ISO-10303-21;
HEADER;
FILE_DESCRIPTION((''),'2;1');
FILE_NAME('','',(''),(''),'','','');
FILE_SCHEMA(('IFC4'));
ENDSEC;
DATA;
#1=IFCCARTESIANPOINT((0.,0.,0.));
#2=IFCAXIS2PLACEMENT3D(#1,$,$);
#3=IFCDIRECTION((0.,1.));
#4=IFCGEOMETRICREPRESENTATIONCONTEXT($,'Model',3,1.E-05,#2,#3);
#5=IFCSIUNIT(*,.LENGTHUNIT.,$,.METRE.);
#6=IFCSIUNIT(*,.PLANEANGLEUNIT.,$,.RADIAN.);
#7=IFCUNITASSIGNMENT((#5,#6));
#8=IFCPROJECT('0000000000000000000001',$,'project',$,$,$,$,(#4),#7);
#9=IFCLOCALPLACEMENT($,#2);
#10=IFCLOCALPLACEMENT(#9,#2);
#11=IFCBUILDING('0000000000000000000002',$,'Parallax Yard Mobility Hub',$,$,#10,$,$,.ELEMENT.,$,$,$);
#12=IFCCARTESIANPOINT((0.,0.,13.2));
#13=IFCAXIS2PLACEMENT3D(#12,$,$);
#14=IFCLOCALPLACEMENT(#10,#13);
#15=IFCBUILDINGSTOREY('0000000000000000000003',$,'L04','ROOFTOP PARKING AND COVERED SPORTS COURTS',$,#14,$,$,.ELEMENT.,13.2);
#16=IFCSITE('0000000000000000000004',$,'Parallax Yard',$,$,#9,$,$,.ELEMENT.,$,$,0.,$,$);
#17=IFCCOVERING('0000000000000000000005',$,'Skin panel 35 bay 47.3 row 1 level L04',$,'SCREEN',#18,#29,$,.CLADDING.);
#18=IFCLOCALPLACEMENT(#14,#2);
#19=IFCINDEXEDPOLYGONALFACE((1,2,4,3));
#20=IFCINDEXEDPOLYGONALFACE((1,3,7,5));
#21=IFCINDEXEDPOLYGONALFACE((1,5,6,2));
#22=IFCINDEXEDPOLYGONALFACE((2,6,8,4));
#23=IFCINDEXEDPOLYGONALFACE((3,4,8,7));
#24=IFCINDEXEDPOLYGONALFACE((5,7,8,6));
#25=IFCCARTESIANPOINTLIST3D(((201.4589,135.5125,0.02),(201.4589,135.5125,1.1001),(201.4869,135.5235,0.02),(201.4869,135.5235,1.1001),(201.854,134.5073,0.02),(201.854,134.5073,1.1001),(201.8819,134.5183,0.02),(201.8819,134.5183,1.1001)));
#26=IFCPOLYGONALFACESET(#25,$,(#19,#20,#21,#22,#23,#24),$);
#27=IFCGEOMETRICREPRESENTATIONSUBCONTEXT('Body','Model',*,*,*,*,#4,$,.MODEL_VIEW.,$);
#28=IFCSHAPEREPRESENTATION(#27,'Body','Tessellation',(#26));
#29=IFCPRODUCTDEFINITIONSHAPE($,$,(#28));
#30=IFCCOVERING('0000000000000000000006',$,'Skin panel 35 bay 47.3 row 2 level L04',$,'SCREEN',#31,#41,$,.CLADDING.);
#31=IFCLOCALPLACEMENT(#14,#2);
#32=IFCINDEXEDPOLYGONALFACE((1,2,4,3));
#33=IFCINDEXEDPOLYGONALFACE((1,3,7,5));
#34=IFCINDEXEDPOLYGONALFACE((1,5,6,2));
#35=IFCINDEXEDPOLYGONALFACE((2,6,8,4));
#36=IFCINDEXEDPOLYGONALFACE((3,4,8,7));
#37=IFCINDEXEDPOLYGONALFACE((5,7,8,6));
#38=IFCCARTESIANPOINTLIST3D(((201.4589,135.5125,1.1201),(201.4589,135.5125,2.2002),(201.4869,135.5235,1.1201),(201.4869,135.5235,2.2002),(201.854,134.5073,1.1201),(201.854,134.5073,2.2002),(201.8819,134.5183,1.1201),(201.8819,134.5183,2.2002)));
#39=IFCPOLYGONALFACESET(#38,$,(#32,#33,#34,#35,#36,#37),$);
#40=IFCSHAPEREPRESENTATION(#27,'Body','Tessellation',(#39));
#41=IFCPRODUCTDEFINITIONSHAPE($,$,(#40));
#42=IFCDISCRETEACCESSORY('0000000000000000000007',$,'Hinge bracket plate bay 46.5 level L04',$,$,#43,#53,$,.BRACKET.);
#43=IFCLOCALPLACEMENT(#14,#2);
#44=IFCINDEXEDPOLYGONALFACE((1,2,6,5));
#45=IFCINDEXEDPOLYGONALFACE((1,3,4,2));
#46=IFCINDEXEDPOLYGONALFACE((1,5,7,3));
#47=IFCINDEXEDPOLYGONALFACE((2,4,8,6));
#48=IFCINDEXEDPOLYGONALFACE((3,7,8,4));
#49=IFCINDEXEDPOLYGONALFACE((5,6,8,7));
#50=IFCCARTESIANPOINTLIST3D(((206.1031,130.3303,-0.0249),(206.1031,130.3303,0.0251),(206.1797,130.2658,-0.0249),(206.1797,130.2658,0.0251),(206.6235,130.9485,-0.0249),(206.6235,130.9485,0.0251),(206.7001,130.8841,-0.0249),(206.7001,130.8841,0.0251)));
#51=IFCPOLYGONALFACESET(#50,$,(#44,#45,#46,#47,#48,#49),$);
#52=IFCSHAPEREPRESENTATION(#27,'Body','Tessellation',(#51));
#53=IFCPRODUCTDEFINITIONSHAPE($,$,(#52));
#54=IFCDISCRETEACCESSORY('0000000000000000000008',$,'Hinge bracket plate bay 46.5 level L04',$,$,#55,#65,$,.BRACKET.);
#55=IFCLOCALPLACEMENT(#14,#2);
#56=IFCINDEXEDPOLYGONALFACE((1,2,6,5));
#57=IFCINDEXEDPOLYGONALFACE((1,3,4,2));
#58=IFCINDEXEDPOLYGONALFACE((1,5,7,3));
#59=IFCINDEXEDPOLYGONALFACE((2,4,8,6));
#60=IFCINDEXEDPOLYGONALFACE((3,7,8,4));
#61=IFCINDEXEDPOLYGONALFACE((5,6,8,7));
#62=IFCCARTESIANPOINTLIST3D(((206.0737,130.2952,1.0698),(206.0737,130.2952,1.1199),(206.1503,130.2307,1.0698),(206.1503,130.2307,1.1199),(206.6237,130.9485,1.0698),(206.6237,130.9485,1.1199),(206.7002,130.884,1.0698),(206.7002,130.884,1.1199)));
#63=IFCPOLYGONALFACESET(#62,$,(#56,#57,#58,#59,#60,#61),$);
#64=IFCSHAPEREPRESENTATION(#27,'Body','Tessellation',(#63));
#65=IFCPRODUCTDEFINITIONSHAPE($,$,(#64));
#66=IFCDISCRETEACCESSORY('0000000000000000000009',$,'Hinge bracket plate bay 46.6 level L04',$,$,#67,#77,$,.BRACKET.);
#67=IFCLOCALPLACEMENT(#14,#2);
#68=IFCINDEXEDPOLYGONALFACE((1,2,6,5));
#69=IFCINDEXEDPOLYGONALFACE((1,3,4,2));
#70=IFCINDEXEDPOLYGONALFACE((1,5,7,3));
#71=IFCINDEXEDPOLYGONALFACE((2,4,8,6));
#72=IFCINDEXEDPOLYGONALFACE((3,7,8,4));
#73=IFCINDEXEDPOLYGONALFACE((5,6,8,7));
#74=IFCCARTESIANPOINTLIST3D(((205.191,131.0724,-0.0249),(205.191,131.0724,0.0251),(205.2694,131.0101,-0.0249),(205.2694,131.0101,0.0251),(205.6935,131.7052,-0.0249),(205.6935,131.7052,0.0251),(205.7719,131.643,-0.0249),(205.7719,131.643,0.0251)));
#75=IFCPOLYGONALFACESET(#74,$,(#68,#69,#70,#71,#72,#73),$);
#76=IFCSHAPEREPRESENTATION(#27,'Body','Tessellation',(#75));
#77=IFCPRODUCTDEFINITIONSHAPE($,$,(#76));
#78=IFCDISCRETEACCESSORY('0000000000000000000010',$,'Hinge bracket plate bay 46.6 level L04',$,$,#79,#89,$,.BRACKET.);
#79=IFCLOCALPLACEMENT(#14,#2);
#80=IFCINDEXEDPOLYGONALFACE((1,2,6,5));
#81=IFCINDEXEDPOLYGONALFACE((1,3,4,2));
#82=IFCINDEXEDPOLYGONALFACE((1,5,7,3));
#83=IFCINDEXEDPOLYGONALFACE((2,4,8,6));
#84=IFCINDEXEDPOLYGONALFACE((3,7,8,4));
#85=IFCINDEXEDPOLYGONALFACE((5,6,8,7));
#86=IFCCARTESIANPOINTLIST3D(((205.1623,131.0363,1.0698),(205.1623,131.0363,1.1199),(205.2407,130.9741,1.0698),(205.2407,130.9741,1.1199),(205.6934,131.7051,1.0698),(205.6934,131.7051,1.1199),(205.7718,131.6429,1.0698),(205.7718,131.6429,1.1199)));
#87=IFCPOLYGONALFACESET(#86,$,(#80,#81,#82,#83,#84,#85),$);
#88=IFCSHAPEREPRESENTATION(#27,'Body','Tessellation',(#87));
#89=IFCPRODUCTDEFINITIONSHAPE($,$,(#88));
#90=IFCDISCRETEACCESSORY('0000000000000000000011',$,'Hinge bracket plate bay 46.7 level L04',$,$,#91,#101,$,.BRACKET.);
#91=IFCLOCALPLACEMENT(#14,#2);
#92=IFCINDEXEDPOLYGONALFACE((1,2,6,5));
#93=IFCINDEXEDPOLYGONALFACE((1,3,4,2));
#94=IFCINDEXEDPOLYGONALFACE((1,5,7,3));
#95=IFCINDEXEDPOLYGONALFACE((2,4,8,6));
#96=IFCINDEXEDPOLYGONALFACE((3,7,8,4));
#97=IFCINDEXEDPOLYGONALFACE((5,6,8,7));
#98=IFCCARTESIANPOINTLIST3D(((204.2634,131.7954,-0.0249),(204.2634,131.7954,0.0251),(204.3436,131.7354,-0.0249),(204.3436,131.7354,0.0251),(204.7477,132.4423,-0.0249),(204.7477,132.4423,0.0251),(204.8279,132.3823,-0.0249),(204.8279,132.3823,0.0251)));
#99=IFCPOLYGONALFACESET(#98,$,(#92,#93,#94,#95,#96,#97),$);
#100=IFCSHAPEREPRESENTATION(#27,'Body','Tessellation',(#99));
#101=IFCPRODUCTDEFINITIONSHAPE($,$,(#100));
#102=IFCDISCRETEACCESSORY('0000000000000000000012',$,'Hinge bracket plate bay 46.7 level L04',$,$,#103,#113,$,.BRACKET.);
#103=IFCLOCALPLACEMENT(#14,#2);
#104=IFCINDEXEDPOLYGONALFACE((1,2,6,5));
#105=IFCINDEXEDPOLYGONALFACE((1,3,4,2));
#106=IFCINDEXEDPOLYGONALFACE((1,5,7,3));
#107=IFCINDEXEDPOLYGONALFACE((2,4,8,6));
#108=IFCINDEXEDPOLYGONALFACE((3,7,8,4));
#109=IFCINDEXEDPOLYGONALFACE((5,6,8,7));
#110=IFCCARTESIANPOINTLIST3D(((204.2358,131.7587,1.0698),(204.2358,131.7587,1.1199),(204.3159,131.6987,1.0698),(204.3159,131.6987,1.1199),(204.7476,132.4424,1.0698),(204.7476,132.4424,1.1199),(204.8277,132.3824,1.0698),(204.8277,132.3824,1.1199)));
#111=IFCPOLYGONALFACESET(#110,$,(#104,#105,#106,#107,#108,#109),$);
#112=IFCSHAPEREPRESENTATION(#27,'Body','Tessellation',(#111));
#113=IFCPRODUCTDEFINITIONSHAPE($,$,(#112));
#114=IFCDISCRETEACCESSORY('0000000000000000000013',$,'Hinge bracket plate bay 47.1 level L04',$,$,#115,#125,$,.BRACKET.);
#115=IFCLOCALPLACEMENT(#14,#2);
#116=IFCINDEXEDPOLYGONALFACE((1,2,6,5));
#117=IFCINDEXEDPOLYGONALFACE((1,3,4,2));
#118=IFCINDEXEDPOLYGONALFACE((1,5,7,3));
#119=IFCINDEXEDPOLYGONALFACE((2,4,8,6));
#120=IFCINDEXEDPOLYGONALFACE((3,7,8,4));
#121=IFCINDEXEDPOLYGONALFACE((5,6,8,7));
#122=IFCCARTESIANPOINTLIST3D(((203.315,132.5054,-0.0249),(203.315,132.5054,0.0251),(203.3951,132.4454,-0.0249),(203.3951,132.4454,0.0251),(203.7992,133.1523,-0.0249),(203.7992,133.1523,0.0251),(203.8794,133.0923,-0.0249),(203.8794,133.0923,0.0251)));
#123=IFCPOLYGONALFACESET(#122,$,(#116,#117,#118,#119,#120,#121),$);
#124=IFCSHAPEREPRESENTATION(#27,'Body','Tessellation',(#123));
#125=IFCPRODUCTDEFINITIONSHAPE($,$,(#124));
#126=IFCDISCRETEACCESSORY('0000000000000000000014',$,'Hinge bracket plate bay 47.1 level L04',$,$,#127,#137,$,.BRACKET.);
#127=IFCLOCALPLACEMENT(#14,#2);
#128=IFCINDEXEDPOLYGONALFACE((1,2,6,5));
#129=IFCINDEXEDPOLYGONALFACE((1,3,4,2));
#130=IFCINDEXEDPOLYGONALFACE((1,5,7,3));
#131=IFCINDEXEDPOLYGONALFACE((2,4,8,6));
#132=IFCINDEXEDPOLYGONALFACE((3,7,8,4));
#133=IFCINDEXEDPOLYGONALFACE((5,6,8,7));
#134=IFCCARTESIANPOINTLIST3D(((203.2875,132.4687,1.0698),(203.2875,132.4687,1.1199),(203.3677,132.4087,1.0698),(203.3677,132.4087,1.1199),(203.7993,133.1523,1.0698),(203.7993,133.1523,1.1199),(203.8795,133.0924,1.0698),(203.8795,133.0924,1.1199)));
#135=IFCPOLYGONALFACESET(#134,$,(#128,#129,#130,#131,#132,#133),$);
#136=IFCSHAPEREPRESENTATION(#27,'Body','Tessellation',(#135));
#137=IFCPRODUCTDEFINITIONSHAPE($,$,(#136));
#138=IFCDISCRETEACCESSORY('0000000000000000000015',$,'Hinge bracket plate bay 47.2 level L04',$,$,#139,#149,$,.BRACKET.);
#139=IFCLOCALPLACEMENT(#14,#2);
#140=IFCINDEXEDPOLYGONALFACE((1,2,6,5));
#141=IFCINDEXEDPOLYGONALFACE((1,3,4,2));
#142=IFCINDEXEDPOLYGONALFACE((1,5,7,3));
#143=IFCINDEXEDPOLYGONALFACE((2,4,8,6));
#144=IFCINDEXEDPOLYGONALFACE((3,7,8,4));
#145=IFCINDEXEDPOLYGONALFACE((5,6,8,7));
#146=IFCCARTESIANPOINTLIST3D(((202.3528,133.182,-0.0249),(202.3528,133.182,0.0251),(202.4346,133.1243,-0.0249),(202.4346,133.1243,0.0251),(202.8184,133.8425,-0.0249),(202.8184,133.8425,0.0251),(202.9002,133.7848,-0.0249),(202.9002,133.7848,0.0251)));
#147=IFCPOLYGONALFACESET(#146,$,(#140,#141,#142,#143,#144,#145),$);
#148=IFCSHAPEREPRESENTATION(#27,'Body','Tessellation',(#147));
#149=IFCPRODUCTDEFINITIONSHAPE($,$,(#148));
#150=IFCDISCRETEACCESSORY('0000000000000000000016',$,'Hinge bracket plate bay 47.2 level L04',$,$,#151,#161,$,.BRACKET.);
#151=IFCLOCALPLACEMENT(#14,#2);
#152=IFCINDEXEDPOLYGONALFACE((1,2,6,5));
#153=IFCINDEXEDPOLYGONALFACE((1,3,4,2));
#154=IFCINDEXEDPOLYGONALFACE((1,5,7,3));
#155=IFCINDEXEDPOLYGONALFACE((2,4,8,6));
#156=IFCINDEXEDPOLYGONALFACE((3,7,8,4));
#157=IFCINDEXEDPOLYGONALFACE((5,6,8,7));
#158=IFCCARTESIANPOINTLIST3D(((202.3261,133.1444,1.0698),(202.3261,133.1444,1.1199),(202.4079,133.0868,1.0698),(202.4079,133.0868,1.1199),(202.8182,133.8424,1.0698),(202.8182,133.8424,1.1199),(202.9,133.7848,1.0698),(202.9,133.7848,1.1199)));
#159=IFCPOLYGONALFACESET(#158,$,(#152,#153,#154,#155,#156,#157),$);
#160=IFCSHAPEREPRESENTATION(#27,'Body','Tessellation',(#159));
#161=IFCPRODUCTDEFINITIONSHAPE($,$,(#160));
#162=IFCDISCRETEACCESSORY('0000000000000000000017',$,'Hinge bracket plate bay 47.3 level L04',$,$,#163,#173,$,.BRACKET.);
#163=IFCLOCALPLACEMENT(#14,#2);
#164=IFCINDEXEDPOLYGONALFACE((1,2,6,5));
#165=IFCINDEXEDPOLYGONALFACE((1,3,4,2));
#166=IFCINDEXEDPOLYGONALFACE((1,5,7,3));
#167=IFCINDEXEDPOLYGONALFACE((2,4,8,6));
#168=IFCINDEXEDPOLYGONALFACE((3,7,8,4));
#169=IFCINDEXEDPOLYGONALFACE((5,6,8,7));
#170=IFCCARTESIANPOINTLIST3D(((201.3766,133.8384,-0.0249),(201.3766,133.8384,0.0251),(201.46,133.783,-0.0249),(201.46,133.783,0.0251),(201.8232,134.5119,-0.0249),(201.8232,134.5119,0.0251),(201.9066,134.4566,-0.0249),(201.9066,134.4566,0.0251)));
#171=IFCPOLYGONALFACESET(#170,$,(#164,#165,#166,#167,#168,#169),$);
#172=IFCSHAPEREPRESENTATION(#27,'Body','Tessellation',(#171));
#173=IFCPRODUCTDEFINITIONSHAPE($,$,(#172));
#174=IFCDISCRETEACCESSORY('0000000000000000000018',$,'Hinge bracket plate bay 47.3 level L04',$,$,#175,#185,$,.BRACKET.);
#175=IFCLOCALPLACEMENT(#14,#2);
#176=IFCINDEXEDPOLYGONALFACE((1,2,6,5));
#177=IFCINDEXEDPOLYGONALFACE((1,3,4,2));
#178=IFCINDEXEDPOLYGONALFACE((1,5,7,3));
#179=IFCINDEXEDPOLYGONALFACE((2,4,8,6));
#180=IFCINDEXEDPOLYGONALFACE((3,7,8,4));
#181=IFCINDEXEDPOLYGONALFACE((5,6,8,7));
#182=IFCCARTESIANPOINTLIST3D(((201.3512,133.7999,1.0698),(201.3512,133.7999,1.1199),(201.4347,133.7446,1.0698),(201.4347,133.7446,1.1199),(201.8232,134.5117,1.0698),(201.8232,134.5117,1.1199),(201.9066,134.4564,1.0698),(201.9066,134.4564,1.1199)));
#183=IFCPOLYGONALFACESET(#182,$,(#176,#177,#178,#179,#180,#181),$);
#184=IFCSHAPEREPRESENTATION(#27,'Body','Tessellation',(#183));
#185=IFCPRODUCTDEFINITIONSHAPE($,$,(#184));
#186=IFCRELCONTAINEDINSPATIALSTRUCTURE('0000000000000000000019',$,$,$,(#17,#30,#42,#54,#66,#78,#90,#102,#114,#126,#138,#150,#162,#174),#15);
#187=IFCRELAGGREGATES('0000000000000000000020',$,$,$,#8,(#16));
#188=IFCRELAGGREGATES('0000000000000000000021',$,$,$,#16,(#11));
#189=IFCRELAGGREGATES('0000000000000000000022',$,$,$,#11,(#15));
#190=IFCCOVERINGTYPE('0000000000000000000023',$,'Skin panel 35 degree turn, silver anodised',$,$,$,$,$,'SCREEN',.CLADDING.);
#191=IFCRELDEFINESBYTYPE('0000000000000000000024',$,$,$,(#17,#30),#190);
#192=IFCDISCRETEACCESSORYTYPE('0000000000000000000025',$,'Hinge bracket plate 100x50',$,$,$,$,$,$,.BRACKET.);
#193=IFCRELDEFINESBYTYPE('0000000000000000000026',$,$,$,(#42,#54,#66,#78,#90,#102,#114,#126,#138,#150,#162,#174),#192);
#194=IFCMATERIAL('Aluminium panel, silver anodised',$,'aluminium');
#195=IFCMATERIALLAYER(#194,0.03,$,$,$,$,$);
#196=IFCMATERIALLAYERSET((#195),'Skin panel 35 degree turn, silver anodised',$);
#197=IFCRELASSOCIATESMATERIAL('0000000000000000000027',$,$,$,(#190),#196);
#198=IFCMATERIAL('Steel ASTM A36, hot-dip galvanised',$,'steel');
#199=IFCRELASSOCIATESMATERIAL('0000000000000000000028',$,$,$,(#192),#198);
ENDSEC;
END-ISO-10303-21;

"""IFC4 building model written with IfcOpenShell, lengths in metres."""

from ifc_helpers import new_model, si_unit, direction, frame, origin, origin_2d, place, context, subcontext, project, spatial, rectangle, extrude, material, layer, layer_set, type_object, element, save


model = new_model("IFC4")

# Units and contexts
model_context = context("Model", 3, precision=1e-05, world=origin(), true_north=direction((0.0, 1.0)))
body_context = subcontext(model_context, "Body", "Model", "MODEL_VIEW")
ifc_project = project(units=[si_unit("LENGTHUNIT", "METRE"), si_unit("PLANEANGLEUNIT", "RADIAN")], contexts=[model_context])

# Site, building, storey
site_placement = place(None, origin())
site = spatial("IfcSite", under=ifc_project, at=site_placement, Name="Parallax Yard", CompositionType="ELEMENT", RefElevation=0.0)
building_placement = place(site_placement, origin())
building = spatial("IfcBuilding", under=site, at=building_placement, Name="Parallax Yard Mobility Hub", CompositionType="ELEMENT")
storey_placement = place(building_placement, frame((0.0, 0.0, 13.2)))
storey = spatial("IfcBuildingStorey", under=building, at=storey_placement, Name="L04", Description="ROOFTOP PARKING AND COVERED SPORTS COURTS", CompositionType="ELEMENT", Elevation=13.2)

# Coverings
ifc_material_1 = material(Name="Aluminium panel, silver anodised", Category="aluminium")
ifc_layer_1 = layer(ifc_material_1, 0.03)
ifc_layer_set_1 = layer_set([ifc_layer_1], Name="Skin panel 35 degree turn, silver anodised")
covering_type_1 = type_object("IfcCoveringType", Name="Skin panel 35 degree turn, silver anodised", ElementType="SCREEN", PredefinedType="CLADDING", material=ifc_layer_set_1)
for number, where, z_axis, x_axis, name in (
    (1, (201.6704, 135.0154, 0.02), (0.0, 0.0, 1.0), (-0.365762, 0.930708, 0.0), "Skin panel 35 bay 47.3 row 1 level L04"),
    (2, (201.6704, 135.0154, 1.1201), (0.0, 0.0, 1.0), (-0.365762, 0.930708, 0.0), "Skin panel 35 bay 47.3 row 2 level L04"),
):
    element("IfcCovering", number, at=place(storey_placement, frame(where, z_axis=z_axis, x_axis=x_axis)), inside=storey, type_object=covering_type_1, Name=name, ObjectType="SCREEN", PredefinedType="CLADDING", context=body_context, shape_type="SweptSolid", body=[
        extrude(rectangle(XDim=1.0801, YDim=0.03, at=origin_2d()), origin(), (0.0, 0.0, 1.0), 1.0801),
    ])

# Discrete accessories
ifc_material_2 = material(Name="Steel ASTM A36, hot-dip galvanised", Category="steel")
discrete_accessory_type_1 = type_object("IfcDiscreteAccessoryType", Name="Hinge bracket plate 100x50", PredefinedType="BRACKET", material=ifc_material_2)
discrete_accessory_1_placement = place(storey_placement, frame((206.4016, 130.6072, -0.0249), z_axis=(0.0, 0.0, 1.0), x_axis=(0.644002, 0.765024, 0.0)))
element("IfcDiscreteAccessory", 3, at=discrete_accessory_1_placement, inside=storey, type_object=discrete_accessory_type_1, Name="Hinge bracket plate bay 46.5 level L04", PredefinedType="BRACKET", context=body_context, shape_type="SweptSolid", body=[
    extrude(rectangle(XDim=0.8081, YDim=0.1001, at=origin_2d()), origin(), (0.0, 0.0, 1.0), 0.05),
])
discrete_accessory_2_placement = place(storey_placement, frame((206.387, 130.5896, 1.0698), z_axis=(0.0, 0.0, 1.0), x_axis=(0.644002, 0.765024, 0.0)))
element("IfcDiscreteAccessory", 4, at=discrete_accessory_2_placement, inside=storey, type_object=discrete_accessory_type_1, Name="Hinge bracket plate bay 46.5 level L04", PredefinedType="BRACKET", context=body_context, shape_type="SweptSolid", body=[
    extrude(rectangle(XDim=0.854, YDim=0.1001, at=origin_2d()), origin(), (0.0, 0.0, 1.0), 0.05),
])
discrete_accessory_3_placement = place(storey_placement, frame((205.4814, 131.3577, -0.0249), z_axis=(0.0, 0.0, 1.0), x_axis=(0.621893, 0.783102, 0.0)))
element("IfcDiscreteAccessory", 5, at=discrete_accessory_3_placement, inside=storey, type_object=discrete_accessory_type_1, Name="Hinge bracket plate bay 46.6 level L04", PredefinedType="BRACKET", context=body_context, shape_type="SweptSolid", body=[
    extrude(rectangle(XDim=0.8081, YDim=0.1001, at=origin_2d()), origin(), (0.0, 0.0, 1.0), 0.05),
])
discrete_accessory_4_placement = place(storey_placement, frame((205.467, 131.3396, 1.0698), z_axis=(0.0, 0.0, 1.0), x_axis=(0.621893, 0.783102, 0.0)))
element("IfcDiscreteAccessory", 6, at=discrete_accessory_4_placement, inside=storey, type_object=discrete_accessory_type_1, Name="Hinge bracket plate bay 46.6 level L04", PredefinedType="BRACKET", context=body_context, shape_type="SweptSolid", body=[
    extrude(rectangle(XDim=0.854, YDim=0.1001, at=origin_2d()), origin(), (0.0, 0.0, 1.0), 0.05),
])
discrete_accessory_5_placement = place(storey_placement, frame((204.5457, 132.0889, -0.0249), z_axis=(0.0, 0.0, 1.0), x_axis=(0.599278, 0.800541, 0.0)))
element("IfcDiscreteAccessory", 7, at=discrete_accessory_5_placement, inside=storey, type_object=discrete_accessory_type_1, Name="Hinge bracket plate bay 46.7 level L04", PredefinedType="BRACKET", context=body_context, shape_type="SweptSolid", body=[
    extrude(rectangle(XDim=0.8081, YDim=0.1001, at=origin_2d()), origin(), (0.0, 0.0, 1.0), 0.05),
])
discrete_accessory_6_placement = place(storey_placement, frame((204.5317, 132.0706, 1.0698), z_axis=(0.0, 0.0, 1.0), x_axis=(0.599278, 0.800541, 0.0)))
element("IfcDiscreteAccessory", 8, at=discrete_accessory_6_placement, inside=storey, type_object=discrete_accessory_type_1, Name="Hinge bracket plate bay 46.7 level L04", PredefinedType="BRACKET", context=body_context, shape_type="SweptSolid", body=[
    extrude(rectangle(XDim=0.854, YDim=0.1001, at=origin_2d()), origin(), (0.0, 0.0, 1.0), 0.05),
])
discrete_accessory_7_placement = place(storey_placement, frame((203.5972, 132.7988, -0.0249), z_axis=(0.0, 0.0, 1.0), x_axis=(0.599278, 0.800541, 0.0)))
element("IfcDiscreteAccessory", 9, at=discrete_accessory_7_placement, inside=storey, type_object=discrete_accessory_type_1, Name="Hinge bracket plate bay 47.1 level L04", PredefinedType="BRACKET", context=body_context, shape_type="SweptSolid", body=[
    extrude(rectangle(XDim=0.8081, YDim=0.1001, at=origin_2d()), origin(), (0.0, 0.0, 1.0), 0.05),
])
discrete_accessory_8_placement = place(storey_placement, frame((203.5835, 132.7805, 1.0698), z_axis=(0.0, 0.0, 1.0), x_axis=(0.599278, 0.800541, 0.0)))
element("IfcDiscreteAccessory", 10, at=discrete_accessory_8_placement, inside=storey, type_object=discrete_accessory_type_1, Name="Hinge bracket plate bay 47.1 level L04", PredefinedType="BRACKET", context=body_context, shape_type="SweptSolid", body=[
    extrude(rectangle(XDim=0.854, YDim=0.1001, at=origin_2d()), origin(), (0.0, 0.0, 1.0), 0.05),
])
discrete_accessory_9_placement = place(storey_placement, frame((202.6265, 133.4834, -0.0249), z_axis=(0.0, 0.0, 1.0), x_axis=(0.576173, 0.817328, 0.0)))
element("IfcDiscreteAccessory", 11, at=discrete_accessory_9_placement, inside=storey, type_object=discrete_accessory_type_1, Name="Hinge bracket plate bay 47.2 level L04", PredefinedType="BRACKET", context=body_context, shape_type="SweptSolid", body=[
    extrude(rectangle(XDim=0.8081, YDim=0.1001, at=origin_2d()), origin(), (0.0, 0.0, 1.0), 0.05),
])
discrete_accessory_10_placement = place(storey_placement, frame((202.613, 133.4646, 1.0698), z_axis=(0.0, 0.0, 1.0), x_axis=(0.576173, 0.817328, 0.0)))
element("IfcDiscreteAccessory", 12, at=discrete_accessory_10_placement, inside=storey, type_object=discrete_accessory_type_1, Name="Hinge bracket plate bay 47.2 level L04", PredefinedType="BRACKET", context=body_context, shape_type="SweptSolid", body=[
    extrude(rectangle(XDim=0.854, YDim=0.1001, at=origin_2d()), origin(), (0.0, 0.0, 1.0), 0.05),
])
discrete_accessory_11_placement = place(storey_placement, frame((201.6416, 134.1475, -0.0249), z_axis=(0.0, 0.0, 1.0), x_axis=(0.552599, 0.833447, 0.0)))
element("IfcDiscreteAccessory", 13, at=discrete_accessory_11_placement, inside=storey, type_object=discrete_accessory_type_1, Name="Hinge bracket plate bay 47.3 level L04", PredefinedType="BRACKET", context=body_context, shape_type="SweptSolid", body=[
    extrude(rectangle(XDim=0.8081, YDim=0.1001, at=origin_2d()), origin(), (0.0, 0.0, 1.0), 0.05),
])
discrete_accessory_12_placement = place(storey_placement, frame((201.6289, 134.1282, 1.0698), z_axis=(0.0, 0.0, 1.0), x_axis=(0.552599, 0.833447, 0.0)))
element("IfcDiscreteAccessory", 14, at=discrete_accessory_12_placement, inside=storey, type_object=discrete_accessory_type_1, Name="Hinge bracket plate bay 47.3 level L04", PredefinedType="BRACKET", context=body_context, shape_type="SweptSolid", body=[
    extrude(rectangle(XDim=0.854, YDim=0.1001, at=origin_2d()), origin(), (0.0, 0.0, 1.0), 0.05),
])

save(model, "model.ifc")
